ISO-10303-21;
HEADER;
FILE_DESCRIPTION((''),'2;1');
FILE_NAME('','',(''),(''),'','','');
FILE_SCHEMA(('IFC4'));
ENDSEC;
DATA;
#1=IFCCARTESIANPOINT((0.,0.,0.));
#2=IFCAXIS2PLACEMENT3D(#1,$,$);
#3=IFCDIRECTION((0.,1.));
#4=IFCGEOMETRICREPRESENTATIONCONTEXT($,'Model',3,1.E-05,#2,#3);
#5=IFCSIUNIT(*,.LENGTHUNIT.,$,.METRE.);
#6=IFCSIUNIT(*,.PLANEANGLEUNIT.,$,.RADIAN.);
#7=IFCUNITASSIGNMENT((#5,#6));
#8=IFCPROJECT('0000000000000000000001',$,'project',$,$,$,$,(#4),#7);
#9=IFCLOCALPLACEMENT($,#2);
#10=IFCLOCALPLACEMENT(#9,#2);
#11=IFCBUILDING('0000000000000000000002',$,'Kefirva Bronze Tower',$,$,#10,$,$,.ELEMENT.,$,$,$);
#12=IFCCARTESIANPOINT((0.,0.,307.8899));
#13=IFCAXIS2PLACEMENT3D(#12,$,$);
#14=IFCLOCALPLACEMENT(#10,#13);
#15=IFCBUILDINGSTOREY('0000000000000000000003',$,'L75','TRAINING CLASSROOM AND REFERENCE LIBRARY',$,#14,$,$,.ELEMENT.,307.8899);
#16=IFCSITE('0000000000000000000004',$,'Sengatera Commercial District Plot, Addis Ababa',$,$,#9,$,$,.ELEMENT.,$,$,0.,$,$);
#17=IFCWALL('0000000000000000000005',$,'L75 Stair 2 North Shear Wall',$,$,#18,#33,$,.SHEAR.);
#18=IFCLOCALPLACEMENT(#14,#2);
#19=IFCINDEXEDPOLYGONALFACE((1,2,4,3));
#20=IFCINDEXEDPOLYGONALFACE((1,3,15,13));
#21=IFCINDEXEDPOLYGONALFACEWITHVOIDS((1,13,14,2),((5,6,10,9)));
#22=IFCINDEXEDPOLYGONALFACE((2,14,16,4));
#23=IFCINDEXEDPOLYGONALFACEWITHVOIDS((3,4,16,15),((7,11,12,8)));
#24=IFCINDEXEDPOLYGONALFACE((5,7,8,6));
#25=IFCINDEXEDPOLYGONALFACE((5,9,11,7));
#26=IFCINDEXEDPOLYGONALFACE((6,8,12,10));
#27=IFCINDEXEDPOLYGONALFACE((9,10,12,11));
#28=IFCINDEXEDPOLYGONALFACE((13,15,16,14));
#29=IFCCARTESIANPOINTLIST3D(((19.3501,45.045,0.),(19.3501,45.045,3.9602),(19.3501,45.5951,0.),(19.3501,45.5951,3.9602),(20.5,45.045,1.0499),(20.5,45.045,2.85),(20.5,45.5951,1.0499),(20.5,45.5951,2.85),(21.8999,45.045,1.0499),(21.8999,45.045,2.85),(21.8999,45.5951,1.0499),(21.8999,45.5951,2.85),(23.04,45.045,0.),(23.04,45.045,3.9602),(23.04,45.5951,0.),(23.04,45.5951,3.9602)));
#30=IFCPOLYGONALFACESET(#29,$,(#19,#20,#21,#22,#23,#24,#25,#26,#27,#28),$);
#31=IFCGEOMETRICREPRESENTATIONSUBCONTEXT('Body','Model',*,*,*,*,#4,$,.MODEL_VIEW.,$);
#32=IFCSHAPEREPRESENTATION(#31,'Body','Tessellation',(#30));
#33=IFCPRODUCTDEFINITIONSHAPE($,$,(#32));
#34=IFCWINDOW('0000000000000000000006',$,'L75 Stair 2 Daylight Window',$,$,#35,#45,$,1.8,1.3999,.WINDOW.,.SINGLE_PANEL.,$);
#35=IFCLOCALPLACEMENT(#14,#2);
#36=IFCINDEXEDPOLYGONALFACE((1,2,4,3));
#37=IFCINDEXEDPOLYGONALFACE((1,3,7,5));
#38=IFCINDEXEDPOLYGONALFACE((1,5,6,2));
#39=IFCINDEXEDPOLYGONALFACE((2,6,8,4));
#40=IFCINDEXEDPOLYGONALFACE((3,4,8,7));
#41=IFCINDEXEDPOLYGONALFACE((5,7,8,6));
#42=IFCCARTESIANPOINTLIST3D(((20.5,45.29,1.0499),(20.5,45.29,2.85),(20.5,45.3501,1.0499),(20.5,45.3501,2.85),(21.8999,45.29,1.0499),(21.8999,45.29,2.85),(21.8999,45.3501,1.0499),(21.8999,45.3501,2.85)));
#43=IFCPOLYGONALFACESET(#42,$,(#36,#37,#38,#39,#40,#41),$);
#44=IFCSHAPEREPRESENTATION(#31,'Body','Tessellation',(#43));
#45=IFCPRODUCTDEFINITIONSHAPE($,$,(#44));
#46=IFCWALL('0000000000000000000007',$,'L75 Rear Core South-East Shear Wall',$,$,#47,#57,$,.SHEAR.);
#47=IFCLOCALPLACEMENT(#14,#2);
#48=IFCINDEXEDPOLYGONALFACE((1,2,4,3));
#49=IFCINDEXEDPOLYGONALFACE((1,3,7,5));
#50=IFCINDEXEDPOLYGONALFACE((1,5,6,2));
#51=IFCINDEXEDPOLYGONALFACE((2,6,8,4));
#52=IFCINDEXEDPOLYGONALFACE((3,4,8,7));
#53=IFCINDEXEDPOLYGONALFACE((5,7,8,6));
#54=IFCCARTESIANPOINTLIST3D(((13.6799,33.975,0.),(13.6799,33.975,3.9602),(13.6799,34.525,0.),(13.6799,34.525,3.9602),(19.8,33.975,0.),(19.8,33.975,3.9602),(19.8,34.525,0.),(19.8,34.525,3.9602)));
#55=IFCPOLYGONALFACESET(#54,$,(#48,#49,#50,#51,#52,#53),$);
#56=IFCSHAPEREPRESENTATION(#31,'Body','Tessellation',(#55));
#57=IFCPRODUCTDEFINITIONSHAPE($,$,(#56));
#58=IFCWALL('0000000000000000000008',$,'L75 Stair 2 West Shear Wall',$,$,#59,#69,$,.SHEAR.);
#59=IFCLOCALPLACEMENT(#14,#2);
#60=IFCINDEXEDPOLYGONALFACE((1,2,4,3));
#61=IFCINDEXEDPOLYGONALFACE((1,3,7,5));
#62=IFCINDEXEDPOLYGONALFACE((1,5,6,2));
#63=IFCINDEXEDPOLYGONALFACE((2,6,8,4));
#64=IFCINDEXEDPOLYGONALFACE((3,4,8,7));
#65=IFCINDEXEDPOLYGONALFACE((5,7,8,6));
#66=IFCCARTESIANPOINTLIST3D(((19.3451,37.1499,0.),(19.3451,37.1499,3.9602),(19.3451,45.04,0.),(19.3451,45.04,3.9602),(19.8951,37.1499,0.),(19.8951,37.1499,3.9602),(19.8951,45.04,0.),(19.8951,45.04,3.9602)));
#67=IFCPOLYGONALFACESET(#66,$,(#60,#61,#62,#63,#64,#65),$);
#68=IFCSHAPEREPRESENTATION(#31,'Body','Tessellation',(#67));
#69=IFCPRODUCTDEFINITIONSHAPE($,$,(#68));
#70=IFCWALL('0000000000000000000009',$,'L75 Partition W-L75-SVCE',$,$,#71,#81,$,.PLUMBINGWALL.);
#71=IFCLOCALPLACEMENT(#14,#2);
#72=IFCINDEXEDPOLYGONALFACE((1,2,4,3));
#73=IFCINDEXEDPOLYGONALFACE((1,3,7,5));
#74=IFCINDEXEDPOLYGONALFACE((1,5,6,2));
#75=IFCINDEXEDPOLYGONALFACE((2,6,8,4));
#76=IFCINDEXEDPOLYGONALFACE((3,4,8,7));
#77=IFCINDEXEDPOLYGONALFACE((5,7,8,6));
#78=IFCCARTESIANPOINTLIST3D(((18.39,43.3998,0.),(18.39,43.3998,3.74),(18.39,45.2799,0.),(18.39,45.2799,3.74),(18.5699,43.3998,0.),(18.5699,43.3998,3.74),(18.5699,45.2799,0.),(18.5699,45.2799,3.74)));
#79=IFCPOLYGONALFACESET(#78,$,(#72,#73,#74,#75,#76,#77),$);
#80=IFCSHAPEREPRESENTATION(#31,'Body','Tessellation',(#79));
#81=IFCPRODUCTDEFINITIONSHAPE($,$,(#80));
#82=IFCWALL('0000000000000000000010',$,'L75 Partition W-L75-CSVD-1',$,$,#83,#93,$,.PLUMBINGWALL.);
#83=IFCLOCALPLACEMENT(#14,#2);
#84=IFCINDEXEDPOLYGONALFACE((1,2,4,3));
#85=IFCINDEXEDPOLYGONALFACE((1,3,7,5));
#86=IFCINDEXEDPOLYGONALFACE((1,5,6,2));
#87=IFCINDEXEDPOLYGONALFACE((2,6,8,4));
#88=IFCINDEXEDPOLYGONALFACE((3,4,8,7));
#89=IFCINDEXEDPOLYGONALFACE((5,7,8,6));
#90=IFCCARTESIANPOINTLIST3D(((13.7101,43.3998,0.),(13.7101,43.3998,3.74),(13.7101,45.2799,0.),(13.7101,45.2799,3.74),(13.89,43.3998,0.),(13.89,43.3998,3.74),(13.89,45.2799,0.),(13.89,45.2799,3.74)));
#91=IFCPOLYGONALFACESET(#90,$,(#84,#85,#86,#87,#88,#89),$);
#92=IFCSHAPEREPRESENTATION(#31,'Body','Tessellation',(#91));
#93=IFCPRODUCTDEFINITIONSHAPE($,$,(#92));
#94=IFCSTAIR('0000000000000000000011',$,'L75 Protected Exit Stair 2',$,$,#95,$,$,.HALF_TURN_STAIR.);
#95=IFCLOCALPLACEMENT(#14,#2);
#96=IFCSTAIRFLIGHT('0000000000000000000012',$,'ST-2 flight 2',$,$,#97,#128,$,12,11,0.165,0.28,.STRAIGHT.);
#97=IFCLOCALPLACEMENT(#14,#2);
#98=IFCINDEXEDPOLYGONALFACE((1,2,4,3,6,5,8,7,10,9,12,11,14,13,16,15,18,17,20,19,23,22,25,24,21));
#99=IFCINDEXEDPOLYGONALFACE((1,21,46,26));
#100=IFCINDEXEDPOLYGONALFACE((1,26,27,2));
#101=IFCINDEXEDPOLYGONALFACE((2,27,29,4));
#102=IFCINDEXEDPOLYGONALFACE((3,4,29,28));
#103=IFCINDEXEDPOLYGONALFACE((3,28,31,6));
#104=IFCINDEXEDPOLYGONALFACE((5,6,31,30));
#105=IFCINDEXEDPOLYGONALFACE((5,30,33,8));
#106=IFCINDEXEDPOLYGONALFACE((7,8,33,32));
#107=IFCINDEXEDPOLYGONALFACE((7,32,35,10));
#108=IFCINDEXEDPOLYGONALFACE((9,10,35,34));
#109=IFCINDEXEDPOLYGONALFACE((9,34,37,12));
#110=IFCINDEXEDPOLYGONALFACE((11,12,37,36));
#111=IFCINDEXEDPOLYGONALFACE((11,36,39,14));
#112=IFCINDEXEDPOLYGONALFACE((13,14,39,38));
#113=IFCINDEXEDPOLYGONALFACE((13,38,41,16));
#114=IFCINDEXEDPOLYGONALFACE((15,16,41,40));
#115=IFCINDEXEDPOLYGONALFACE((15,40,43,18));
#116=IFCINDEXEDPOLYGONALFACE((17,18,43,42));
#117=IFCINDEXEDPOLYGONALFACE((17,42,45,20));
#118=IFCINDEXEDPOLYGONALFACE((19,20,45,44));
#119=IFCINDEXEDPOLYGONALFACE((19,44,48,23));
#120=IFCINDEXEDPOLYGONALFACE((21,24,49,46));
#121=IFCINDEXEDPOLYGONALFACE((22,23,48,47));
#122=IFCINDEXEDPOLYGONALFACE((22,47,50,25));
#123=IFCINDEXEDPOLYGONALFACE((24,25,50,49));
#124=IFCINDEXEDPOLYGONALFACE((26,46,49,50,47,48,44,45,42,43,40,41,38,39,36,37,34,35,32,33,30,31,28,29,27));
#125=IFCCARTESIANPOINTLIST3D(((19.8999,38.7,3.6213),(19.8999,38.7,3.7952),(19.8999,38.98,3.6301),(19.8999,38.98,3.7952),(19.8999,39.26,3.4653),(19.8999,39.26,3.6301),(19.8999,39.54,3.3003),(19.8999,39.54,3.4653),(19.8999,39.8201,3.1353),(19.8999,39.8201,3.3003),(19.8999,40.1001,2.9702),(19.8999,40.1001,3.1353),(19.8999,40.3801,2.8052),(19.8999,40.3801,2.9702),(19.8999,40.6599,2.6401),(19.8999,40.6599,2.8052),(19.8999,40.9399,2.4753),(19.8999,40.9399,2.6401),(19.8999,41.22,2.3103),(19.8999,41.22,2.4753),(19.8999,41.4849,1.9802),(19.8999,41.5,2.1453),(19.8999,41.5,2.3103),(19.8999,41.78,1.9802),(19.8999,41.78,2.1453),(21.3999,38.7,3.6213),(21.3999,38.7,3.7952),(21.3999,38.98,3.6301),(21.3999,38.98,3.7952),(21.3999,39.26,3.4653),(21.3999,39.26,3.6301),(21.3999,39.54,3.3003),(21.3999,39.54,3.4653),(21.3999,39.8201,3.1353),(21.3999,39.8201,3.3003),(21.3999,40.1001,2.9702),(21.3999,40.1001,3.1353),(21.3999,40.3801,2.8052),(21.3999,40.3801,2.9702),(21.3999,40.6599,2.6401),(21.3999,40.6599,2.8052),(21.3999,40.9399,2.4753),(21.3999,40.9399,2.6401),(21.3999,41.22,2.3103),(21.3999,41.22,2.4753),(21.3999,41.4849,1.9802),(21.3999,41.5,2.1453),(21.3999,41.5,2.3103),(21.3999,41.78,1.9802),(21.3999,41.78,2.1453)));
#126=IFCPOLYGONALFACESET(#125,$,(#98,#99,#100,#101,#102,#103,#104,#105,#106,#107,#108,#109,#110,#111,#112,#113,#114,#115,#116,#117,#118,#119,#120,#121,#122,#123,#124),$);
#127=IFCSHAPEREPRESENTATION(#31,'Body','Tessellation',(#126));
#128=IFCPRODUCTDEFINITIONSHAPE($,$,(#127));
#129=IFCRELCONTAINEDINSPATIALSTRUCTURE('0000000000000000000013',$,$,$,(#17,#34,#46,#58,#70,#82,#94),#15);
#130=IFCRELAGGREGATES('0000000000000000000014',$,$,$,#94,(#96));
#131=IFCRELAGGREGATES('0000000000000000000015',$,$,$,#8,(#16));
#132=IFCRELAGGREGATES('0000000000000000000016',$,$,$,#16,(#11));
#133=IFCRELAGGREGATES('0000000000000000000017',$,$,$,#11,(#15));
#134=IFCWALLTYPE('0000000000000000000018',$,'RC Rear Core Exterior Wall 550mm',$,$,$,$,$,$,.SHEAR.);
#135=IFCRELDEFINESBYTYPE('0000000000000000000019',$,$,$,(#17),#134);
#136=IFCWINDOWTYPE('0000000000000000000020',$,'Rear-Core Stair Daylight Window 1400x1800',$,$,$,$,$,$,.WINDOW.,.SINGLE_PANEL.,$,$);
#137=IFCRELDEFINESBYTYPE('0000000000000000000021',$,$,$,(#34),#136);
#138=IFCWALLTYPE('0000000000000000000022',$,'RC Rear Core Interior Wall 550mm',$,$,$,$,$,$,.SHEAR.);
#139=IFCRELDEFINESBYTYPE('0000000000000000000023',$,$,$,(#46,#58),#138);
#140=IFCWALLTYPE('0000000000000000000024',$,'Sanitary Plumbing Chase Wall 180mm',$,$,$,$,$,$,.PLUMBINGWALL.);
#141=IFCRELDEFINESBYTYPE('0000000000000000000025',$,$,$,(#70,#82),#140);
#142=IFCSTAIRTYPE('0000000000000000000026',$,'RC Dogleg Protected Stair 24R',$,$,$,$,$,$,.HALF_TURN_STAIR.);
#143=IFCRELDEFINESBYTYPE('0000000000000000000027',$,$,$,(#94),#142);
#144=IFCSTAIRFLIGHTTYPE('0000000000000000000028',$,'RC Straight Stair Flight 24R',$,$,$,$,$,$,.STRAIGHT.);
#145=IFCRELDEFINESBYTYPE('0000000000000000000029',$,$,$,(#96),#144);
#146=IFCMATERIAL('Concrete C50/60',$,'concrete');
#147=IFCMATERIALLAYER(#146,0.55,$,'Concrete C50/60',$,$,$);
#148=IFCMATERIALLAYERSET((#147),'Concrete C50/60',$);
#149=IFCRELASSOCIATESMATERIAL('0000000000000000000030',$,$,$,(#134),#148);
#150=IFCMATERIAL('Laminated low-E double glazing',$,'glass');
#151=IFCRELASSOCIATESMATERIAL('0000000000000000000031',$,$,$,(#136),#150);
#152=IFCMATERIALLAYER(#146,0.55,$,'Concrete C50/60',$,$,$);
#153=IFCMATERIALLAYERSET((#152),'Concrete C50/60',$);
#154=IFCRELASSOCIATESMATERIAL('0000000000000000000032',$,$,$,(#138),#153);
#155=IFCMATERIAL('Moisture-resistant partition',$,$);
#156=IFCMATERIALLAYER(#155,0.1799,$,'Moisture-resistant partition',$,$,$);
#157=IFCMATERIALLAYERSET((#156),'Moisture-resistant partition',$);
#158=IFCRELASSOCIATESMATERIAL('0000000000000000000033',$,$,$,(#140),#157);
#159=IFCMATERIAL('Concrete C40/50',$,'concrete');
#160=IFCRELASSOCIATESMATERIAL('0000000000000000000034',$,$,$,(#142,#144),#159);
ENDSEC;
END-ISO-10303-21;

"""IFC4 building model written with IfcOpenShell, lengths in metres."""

from ifc_helpers import new_model, si_unit, direction, frame, frame_2d, origin, place, context, subcontext, project, spatial, polyline, rectangle, outline, extrude, material, layer, layer_set, type_object, element, fill, aggregate, save


model = new_model("IFC4")

# Units and contexts
model_context = context("Model", 3, precision=1e-05, world=origin(), true_north=direction((0.0, 1.0)))
body_context = subcontext(model_context, "Body", "Model", "MODEL_VIEW")
ifc_project = project(units=[si_unit("LENGTHUNIT", "METRE"), si_unit("PLANEANGLEUNIT", "RADIAN")], contexts=[model_context])

# Site, building, storey
site_placement = place(None, origin())
site = spatial("IfcSite", under=ifc_project, at=site_placement, Name="Sengatera Commercial District Plot, Addis Ababa", CompositionType="ELEMENT", RefElevation=0.0)
building_placement = place(site_placement, origin())
building = spatial("IfcBuilding", under=site, at=building_placement, Name="Kefirva Bronze Tower", CompositionType="ELEMENT")
storey_placement = place(building_placement, frame((0.0, 0.0, 307.8899)))
storey = spatial("IfcBuildingStorey", under=building, at=storey_placement, Name="L75", Description="TRAINING CLASSROOM AND REFERENCE LIBRARY", CompositionType="ELEMENT", Elevation=307.8899)

# Shared definitions
ifc_material_1 = material(Name="Concrete C50/60", Category="concrete")

# Wall, opening, window
ifc_layer_1 = layer(ifc_material_1, 0.55, Name="Concrete C50/60")
ifc_layer_set_1 = layer_set([ifc_layer_1], Name="Concrete C50/60")
wall_type_1 = type_object("IfcWallType", Name="RC Rear Core Exterior Wall 550mm", PredefinedType="SHEAR", material=ifc_layer_set_1)
wall_1_placement = place(storey_placement, frame((19.3501, 45.3201, 0.0), z_axis=(0.0, 0.0, 1.0), x_axis=(1.0, 0.0, 0.0)))
wall_1 = element("IfcWall", 1, at=wall_1_placement, inside=storey, type_object=wall_type_1, Name="L75 Stair 2 North Shear Wall", PredefinedType="SHEAR", context=body_context, shape_type="SweptSolid", body=[
    extrude(rectangle(XDim=3.6899, YDim=0.55, at=frame_2d((1.845, 0.0))), origin(), (0.0, 0.0, 1.0), 3.9602),
])
opening_1_placement = place(wall_1_placement, frame((1.1499, 0.0, 1.05)))
opening_1 = element("IfcOpeningElement", 2, at=opening_1_placement, cuts=wall_1, PredefinedType="OPENING", context=body_context, shape_type="SweptSolid", body=[
    extrude(rectangle(XDim=1.3999, YDim=1.8, at=frame_2d((0.7, 0.8999))), frame((0.0, 0.2852, 0.0), z_axis=(0.0, -1.0, 0.0), x_axis=(1.0, 0.0, 0.0)), (0.0, 0.0, 1.0), 0.5701),
])
ifc_material_2 = material(Name="Laminated low-E double glazing", Category="glass")
window_type = type_object("IfcWindowType", Name="Rear-Core Stair Daylight Window 1400x1800", PartitioningType="SINGLE_PANEL", PredefinedType="WINDOW", material=ifc_material_2)
window_placement = place(opening_1_placement, origin())
window = element("IfcWindow", 3, at=window_placement, inside=storey, type_object=window_type, Name="L75 Stair 2 Daylight Window", OverallHeight=1.8, OverallWidth=1.3999, PartitioningType="SINGLE_PANEL", PredefinedType="WINDOW", context=body_context, shape_type="SweptSolid", body=[
    extrude(rectangle(XDim=1.3999, YDim=1.8, at=frame_2d((0.7, 0.8999))), frame((0.0, 0.03, 0.0), z_axis=(0.0, -1.0, 0.0), x_axis=(1.0, 0.0, 0.0)), (0.0, 0.0, 1.0), 0.0601),
])
fill(opening_1, window)

# Walls
ifc_layer_2 = layer(ifc_material_1, 0.55, Name="Concrete C50/60")
ifc_layer_set_2 = layer_set([ifc_layer_2], Name="Concrete C50/60")
wall_type_2 = type_object("IfcWallType", Name="RC Rear Core Interior Wall 550mm", PredefinedType="SHEAR", material=ifc_layer_set_2)
wall_2_placement = place(storey_placement, frame((13.6799, 34.25, 0.0), z_axis=(0.0, 0.0, 1.0), x_axis=(1.0, 0.0, 0.0)))
element("IfcWall", 4, at=wall_2_placement, inside=storey, type_object=wall_type_2, Name="L75 Rear Core South-East Shear Wall", PredefinedType="SHEAR", context=body_context, shape_type="SweptSolid", body=[
    extrude(rectangle(XDim=6.1201, YDim=0.55, at=frame_2d((3.0601, 0.0))), origin(), (0.0, 0.0, 1.0), 3.9602),
])
wall_3_placement = place(storey_placement, frame((19.6201, 37.1499, 0.0), z_axis=(0.0, 0.0, 1.0), x_axis=(0.0, 1.0, 0.0)))
element("IfcWall", 5, at=wall_3_placement, inside=storey, type_object=wall_type_2, Name="L75 Stair 2 West Shear Wall", PredefinedType="SHEAR", context=body_context, shape_type="SweptSolid", body=[
    extrude(rectangle(XDim=7.8901, YDim=0.55, at=frame_2d((3.9451, 0.0))), origin(), (0.0, 0.0, 1.0), 3.9602),
])
ifc_material_3 = material(Name="Moisture-resistant partition")
ifc_layer_3 = layer(ifc_material_3, 0.1799, Name="Moisture-resistant partition")
ifc_layer_set_3 = layer_set([ifc_layer_3], Name="Moisture-resistant partition")
wall_type_3 = type_object("IfcWallType", Name="Sanitary Plumbing Chase Wall 180mm", PredefinedType="PLUMBINGWALL", material=ifc_layer_set_3)
for number, where, z_axis, x_axis, name in (
    (6, (18.48, 43.3999, 0.0), (0.0, 0.0, 1.0), (0.0, 1.0, 0.0), "L75 Partition W-L75-SVCE"),
    (7, (13.8, 43.3999, 0.0), (0.0, 0.0, 1.0), (0.0, 1.0, 0.0), "L75 Partition W-L75-CSVD-1"),
):
    element("IfcWall", number, at=place(storey_placement, frame(where, z_axis=z_axis, x_axis=x_axis)), inside=storey, type_object=wall_type_3, Name=name, PredefinedType="PLUMBINGWALL", context=body_context, shape_type="SweptSolid", body=[
        extrude(rectangle(XDim=1.8801, YDim=0.1799, at=frame_2d((0.9399, 0.0))), origin(), (0.0, 0.0, 1.0), 3.74),
    ])

# Stair, stair flight
ifc_material_4 = material(Name="Concrete C40/50", Category="concrete")
stair_type = type_object("IfcStairType", Name="RC Dogleg Protected Stair 24R", PredefinedType="HALF_TURN_STAIR", material=ifc_material_4)
stair_placement = place(storey_placement, origin())
stair = element("IfcStair", 8, at=stair_placement, inside=storey, type_object=stair_type, Name="L75 Protected Exit Stair 2", PredefinedType="HALF_TURN_STAIR")
stair_flight_type = type_object("IfcStairFlightType", Name="RC Straight Stair Flight 24R", PredefinedType="STRAIGHT", material=ifc_material_4)
stair_flight_placement = place(storey_placement, frame((20.6499, 41.78, 1.9802), z_axis=(0.0, 0.0, 1.0), x_axis=(0.0, -1.0, 0.0)))
stair_flight = element("IfcStairFlight", 9, at=stair_flight_placement, type_object=stair_flight_type, Name="ST-2 flight 2", NumberOfRisers=12, NumberOfTreads=11, PredefinedType="STRAIGHT", RiserHeight=0.165, TreadLength=0.28, context=body_context, shape_type="SweptSolid", body=[
    extrude(outline(polyline([(0.0, 0.0), (0.0, 0.165), (0.28, 0.165), (0.28, 0.3301), (0.5601, 0.3301), (0.5601, 0.4951), (0.8401, 0.4951), (0.8401, 0.6599), (1.1201, 0.6599), (1.1201, 0.825), (1.3999, 0.825), (1.3999, 0.99), (1.6799, 0.99), (1.6799, 1.155), (1.96, 1.155), (1.96, 1.3201), (2.24, 1.3201), (2.24, 1.4851), (2.52, 1.4851), (2.52, 1.6499), (2.8, 1.6499), (2.8, 1.8149), (3.0801, 1.8149), (3.0801, 1.98), (3.0801, 1.6411), (0.2952, 0.0), (0.0, 0.0)])), frame((0.0, 0.75, 0.0), z_axis=(0.0, -1.0, 0.0), x_axis=(1.0, 0.0, 0.0)), (0.0, 0.0, 1.0), 1.5),
])
aggregate(stair, [stair_flight])

save(model, "model.ifc")
